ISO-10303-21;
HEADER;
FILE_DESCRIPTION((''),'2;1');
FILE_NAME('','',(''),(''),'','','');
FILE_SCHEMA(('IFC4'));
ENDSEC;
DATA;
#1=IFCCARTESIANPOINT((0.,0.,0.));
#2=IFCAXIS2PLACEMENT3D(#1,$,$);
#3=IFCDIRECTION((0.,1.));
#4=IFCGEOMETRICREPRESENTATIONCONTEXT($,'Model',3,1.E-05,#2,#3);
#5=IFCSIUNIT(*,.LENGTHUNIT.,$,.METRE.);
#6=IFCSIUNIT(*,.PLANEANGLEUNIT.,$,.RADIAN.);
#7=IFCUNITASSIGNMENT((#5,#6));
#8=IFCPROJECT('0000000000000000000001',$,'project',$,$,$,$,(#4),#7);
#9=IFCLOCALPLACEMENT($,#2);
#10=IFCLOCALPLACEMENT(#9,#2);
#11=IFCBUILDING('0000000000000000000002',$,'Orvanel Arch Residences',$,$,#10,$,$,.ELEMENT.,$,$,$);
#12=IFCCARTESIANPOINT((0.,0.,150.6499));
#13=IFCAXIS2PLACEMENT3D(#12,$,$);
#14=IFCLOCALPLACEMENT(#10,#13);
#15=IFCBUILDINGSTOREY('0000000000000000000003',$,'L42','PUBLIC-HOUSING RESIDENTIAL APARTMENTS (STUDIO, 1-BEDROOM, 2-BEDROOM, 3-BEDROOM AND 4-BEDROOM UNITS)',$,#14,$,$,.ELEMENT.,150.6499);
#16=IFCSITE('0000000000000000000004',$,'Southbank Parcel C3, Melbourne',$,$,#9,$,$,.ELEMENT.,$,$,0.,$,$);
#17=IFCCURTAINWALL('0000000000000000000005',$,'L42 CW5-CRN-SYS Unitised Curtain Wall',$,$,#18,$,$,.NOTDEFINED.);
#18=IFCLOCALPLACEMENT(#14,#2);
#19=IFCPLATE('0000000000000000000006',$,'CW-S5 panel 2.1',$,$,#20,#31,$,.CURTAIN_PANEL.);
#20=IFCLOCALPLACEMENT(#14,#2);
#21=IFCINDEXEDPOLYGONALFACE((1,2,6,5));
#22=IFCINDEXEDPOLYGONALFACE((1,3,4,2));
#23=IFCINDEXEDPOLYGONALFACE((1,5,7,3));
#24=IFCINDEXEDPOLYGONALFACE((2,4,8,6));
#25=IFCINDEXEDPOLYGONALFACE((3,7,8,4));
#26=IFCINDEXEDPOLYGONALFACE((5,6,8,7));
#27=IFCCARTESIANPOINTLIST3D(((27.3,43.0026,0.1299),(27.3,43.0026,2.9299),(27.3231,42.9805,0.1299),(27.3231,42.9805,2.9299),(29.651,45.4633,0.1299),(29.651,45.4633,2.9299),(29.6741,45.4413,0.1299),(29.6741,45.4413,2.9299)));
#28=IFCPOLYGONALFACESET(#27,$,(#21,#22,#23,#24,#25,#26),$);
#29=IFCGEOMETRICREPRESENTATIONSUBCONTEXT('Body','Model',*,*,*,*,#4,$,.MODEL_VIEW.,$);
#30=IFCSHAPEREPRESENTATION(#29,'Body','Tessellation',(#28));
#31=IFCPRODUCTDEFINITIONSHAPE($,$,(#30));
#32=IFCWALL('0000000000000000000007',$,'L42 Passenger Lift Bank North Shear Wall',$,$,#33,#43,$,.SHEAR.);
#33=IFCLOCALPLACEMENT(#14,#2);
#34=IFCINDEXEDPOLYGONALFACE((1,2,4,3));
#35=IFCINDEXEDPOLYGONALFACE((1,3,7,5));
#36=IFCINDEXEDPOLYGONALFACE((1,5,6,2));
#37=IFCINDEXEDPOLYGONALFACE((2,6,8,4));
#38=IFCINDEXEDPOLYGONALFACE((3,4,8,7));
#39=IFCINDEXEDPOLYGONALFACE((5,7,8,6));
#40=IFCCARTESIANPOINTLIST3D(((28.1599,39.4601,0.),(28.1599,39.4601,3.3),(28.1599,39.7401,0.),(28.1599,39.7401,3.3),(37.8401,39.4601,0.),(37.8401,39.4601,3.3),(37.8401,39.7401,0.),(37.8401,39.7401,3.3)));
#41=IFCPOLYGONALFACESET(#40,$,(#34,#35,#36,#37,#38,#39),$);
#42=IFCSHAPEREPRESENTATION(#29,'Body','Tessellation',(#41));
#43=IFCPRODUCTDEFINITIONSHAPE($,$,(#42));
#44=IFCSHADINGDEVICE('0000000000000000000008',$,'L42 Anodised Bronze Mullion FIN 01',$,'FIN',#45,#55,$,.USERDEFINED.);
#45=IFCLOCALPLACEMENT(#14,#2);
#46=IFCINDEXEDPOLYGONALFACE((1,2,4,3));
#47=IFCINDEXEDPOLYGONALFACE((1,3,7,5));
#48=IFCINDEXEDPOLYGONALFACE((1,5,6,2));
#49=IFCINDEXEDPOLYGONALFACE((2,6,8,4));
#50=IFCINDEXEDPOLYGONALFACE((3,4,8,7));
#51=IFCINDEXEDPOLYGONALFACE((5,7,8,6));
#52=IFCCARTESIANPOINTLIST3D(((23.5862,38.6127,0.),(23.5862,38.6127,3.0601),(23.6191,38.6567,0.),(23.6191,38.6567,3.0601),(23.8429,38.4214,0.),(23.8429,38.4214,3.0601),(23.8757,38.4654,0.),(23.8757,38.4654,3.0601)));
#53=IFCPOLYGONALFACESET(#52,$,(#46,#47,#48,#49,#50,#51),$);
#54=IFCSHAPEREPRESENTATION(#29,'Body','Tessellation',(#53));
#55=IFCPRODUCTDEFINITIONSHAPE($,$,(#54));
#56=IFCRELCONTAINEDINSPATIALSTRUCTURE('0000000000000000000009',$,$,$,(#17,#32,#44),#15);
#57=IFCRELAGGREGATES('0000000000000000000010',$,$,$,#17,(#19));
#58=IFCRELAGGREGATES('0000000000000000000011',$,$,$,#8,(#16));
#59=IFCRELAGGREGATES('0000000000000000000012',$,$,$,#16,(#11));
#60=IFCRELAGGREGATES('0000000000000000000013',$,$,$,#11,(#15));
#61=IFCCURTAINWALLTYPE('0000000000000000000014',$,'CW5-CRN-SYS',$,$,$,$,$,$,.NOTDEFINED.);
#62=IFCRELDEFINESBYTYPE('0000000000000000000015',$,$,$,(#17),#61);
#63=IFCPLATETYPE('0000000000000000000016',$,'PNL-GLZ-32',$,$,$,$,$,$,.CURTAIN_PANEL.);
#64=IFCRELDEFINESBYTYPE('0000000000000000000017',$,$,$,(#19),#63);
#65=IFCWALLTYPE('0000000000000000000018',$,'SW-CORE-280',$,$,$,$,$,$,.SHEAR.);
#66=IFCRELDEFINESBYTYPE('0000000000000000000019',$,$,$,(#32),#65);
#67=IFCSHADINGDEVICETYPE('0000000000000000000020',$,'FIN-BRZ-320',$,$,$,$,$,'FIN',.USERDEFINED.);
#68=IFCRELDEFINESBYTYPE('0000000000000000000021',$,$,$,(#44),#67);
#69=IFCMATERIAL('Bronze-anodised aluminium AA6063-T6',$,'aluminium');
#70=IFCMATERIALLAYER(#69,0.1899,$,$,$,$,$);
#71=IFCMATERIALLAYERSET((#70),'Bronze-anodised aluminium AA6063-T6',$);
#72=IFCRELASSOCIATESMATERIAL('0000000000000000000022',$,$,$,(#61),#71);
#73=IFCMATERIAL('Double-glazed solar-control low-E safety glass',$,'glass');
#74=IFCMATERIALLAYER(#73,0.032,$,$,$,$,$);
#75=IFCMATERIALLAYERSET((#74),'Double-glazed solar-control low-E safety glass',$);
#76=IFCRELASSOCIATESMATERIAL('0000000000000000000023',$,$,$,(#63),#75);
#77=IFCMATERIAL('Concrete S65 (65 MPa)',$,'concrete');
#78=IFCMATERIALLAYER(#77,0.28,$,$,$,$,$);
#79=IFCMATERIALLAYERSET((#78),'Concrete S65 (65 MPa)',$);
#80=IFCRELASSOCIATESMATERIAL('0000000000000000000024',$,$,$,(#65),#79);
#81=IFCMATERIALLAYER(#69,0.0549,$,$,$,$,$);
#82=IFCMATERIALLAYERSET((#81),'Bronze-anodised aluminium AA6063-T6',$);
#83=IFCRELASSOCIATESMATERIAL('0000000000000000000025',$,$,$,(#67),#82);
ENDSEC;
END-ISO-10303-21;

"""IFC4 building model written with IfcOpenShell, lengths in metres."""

from ifc_helpers import new_model, si_unit, direction, frame, frame_2d, origin, origin_2d, place, context, subcontext, project, spatial, rectangle, extrude, material, layer, layer_set, type_object, element, aggregate, save


model = new_model("IFC4")

# Units and contexts
model_context = context("Model", 3, precision=1e-05, world=origin(), true_north=direction((0.0, 1.0)))
body_context = subcontext(model_context, "Body", "Model", "MODEL_VIEW")
ifc_project = project(units=[si_unit("LENGTHUNIT", "METRE"), si_unit("PLANEANGLEUNIT", "RADIAN")], contexts=[model_context])

# Site, building, storey
site_placement = place(None, origin())
site = spatial("IfcSite", under=ifc_project, at=site_placement, Name="Southbank Parcel C3, Melbourne", CompositionType="ELEMENT", RefElevation=0.0)
building_placement = place(site_placement, origin())
building = spatial("IfcBuilding", under=site, at=building_placement, Name="Orvanel Arch Residences", CompositionType="ELEMENT")
storey_placement = place(building_placement, frame((0.0, 0.0, 150.6499)))
storey = spatial("IfcBuildingStorey", under=building, at=storey_placement, Name="L42", Description="PUBLIC-HOUSING RESIDENTIAL APARTMENTS (STUDIO, 1-BEDROOM, 2-BEDROOM, 3-BEDROOM AND 4-BEDROOM UNITS)", CompositionType="ELEMENT", Elevation=150.6499)

# Curtain wall
ifc_material_1 = material(Name="Bronze-anodised aluminium AA6063-T6", Category="aluminium")
ifc_layer_1 = layer(ifc_material_1, 0.1899)
ifc_layer_set_1 = layer_set([ifc_layer_1], Name="Bronze-anodised aluminium AA6063-T6")
curtain_wall_type_1 = type_object("IfcCurtainWallType", Name="CW5-CRN-SYS", PredefinedType="NOTDEFINED", material=ifc_layer_set_1)
curtain_wall_1_placement = place(storey_placement, origin())
curtain_wall_1 = element("IfcCurtainWall", 1, at=curtain_wall_1_placement, inside=storey, type_object=curtain_wall_type_1, Name="L42 CW5-CRN-SYS Unitised Curtain Wall", PredefinedType="NOTDEFINED")

# Plate
ifc_material_2 = material(Name="Double-glazed solar-control low-E safety glass", Category="glass")
ifc_layer_2 = layer(ifc_material_2, 0.032)
ifc_layer_set_2 = layer_set([ifc_layer_2], Name="Double-glazed solar-control low-E safety glass")
plate_type_1 = type_object("IfcPlateType", Name="PNL-GLZ-32", PredefinedType="CURTAIN_PANEL", material=ifc_layer_set_2)
plate_1_placement = place(storey_placement, frame((28.4871, 44.2219, 0.1299), z_axis=(0.0, 0.0, 1.0), x_axis=(-0.6908, -0.723046, 0.0)))
plate_1 = element("IfcPlate", 2, at=plate_1_placement, type_object=plate_type_1, Name="CW-S5 panel 2.1", PredefinedType="CURTAIN_PANEL", context=body_context, shape_type="SweptSolid", body=[
    extrude(rectangle(XDim=3.4033, YDim=0.032, at=origin_2d()), origin(), (0.0, 0.0, 1.0), 2.8),
])
aggregate(curtain_wall_1, [plate_1])

# Wall
ifc_material_3 = material(Name="Concrete S65 (65 MPa)", Category="concrete")
ifc_layer_3 = layer(ifc_material_3, 0.28)
ifc_layer_set_3 = layer_set([ifc_layer_3], Name="Concrete S65 (65 MPa)")
wall_type = type_object("IfcWallType", Name="SW-CORE-280", PredefinedType="SHEAR", material=ifc_layer_set_3)
wall_placement = place(storey_placement, frame((28.1599, 39.6001, 0.0), z_axis=(0.0, 0.0, 1.0), x_axis=(1.0, 0.0, 0.0)))
element("IfcWall", 3, at=wall_placement, inside=storey, type_object=wall_type, Name="L42 Passenger Lift Bank North Shear Wall", PredefinedType="SHEAR", context=body_context, shape_type="SweptSolid", body=[
    extrude(rectangle(XDim=9.6802, YDim=0.28, at=frame_2d((4.8401, 0.0))), origin(), (0.0, 0.0, 1.0), 3.3),
])

# Shading device
ifc_layer_4 = layer(ifc_material_1, 0.0549)
ifc_layer_set_4 = layer_set([ifc_layer_4], Name="Bronze-anodised aluminium AA6063-T6")
shading_device_type = type_object("IfcShadingDeviceType", Name="FIN-BRZ-320", ElementType="FIN", PredefinedType="USERDEFINED", material=ifc_layer_set_4)
shading_device_placement = place(storey_placement, frame((23.731, 38.5391, 0.0), z_axis=(0.0, 0.0, 1.0), x_axis=(-0.801776, 0.597625, 0.0)))
element("IfcShadingDevice", 4, at=shading_device_placement, inside=storey, type_object=shading_device_type, Name="L42 Anodised Bronze Mullion FIN 01", ObjectType="FIN", PredefinedType="USERDEFINED", context=body_context, shape_type="SweptSolid", body=[
    extrude(rectangle(XDim=0.3201, YDim=0.0549, at=origin_2d()), origin(), (0.0, 0.0, 1.0), 3.0601),
])

save(model, "model.ifc")
